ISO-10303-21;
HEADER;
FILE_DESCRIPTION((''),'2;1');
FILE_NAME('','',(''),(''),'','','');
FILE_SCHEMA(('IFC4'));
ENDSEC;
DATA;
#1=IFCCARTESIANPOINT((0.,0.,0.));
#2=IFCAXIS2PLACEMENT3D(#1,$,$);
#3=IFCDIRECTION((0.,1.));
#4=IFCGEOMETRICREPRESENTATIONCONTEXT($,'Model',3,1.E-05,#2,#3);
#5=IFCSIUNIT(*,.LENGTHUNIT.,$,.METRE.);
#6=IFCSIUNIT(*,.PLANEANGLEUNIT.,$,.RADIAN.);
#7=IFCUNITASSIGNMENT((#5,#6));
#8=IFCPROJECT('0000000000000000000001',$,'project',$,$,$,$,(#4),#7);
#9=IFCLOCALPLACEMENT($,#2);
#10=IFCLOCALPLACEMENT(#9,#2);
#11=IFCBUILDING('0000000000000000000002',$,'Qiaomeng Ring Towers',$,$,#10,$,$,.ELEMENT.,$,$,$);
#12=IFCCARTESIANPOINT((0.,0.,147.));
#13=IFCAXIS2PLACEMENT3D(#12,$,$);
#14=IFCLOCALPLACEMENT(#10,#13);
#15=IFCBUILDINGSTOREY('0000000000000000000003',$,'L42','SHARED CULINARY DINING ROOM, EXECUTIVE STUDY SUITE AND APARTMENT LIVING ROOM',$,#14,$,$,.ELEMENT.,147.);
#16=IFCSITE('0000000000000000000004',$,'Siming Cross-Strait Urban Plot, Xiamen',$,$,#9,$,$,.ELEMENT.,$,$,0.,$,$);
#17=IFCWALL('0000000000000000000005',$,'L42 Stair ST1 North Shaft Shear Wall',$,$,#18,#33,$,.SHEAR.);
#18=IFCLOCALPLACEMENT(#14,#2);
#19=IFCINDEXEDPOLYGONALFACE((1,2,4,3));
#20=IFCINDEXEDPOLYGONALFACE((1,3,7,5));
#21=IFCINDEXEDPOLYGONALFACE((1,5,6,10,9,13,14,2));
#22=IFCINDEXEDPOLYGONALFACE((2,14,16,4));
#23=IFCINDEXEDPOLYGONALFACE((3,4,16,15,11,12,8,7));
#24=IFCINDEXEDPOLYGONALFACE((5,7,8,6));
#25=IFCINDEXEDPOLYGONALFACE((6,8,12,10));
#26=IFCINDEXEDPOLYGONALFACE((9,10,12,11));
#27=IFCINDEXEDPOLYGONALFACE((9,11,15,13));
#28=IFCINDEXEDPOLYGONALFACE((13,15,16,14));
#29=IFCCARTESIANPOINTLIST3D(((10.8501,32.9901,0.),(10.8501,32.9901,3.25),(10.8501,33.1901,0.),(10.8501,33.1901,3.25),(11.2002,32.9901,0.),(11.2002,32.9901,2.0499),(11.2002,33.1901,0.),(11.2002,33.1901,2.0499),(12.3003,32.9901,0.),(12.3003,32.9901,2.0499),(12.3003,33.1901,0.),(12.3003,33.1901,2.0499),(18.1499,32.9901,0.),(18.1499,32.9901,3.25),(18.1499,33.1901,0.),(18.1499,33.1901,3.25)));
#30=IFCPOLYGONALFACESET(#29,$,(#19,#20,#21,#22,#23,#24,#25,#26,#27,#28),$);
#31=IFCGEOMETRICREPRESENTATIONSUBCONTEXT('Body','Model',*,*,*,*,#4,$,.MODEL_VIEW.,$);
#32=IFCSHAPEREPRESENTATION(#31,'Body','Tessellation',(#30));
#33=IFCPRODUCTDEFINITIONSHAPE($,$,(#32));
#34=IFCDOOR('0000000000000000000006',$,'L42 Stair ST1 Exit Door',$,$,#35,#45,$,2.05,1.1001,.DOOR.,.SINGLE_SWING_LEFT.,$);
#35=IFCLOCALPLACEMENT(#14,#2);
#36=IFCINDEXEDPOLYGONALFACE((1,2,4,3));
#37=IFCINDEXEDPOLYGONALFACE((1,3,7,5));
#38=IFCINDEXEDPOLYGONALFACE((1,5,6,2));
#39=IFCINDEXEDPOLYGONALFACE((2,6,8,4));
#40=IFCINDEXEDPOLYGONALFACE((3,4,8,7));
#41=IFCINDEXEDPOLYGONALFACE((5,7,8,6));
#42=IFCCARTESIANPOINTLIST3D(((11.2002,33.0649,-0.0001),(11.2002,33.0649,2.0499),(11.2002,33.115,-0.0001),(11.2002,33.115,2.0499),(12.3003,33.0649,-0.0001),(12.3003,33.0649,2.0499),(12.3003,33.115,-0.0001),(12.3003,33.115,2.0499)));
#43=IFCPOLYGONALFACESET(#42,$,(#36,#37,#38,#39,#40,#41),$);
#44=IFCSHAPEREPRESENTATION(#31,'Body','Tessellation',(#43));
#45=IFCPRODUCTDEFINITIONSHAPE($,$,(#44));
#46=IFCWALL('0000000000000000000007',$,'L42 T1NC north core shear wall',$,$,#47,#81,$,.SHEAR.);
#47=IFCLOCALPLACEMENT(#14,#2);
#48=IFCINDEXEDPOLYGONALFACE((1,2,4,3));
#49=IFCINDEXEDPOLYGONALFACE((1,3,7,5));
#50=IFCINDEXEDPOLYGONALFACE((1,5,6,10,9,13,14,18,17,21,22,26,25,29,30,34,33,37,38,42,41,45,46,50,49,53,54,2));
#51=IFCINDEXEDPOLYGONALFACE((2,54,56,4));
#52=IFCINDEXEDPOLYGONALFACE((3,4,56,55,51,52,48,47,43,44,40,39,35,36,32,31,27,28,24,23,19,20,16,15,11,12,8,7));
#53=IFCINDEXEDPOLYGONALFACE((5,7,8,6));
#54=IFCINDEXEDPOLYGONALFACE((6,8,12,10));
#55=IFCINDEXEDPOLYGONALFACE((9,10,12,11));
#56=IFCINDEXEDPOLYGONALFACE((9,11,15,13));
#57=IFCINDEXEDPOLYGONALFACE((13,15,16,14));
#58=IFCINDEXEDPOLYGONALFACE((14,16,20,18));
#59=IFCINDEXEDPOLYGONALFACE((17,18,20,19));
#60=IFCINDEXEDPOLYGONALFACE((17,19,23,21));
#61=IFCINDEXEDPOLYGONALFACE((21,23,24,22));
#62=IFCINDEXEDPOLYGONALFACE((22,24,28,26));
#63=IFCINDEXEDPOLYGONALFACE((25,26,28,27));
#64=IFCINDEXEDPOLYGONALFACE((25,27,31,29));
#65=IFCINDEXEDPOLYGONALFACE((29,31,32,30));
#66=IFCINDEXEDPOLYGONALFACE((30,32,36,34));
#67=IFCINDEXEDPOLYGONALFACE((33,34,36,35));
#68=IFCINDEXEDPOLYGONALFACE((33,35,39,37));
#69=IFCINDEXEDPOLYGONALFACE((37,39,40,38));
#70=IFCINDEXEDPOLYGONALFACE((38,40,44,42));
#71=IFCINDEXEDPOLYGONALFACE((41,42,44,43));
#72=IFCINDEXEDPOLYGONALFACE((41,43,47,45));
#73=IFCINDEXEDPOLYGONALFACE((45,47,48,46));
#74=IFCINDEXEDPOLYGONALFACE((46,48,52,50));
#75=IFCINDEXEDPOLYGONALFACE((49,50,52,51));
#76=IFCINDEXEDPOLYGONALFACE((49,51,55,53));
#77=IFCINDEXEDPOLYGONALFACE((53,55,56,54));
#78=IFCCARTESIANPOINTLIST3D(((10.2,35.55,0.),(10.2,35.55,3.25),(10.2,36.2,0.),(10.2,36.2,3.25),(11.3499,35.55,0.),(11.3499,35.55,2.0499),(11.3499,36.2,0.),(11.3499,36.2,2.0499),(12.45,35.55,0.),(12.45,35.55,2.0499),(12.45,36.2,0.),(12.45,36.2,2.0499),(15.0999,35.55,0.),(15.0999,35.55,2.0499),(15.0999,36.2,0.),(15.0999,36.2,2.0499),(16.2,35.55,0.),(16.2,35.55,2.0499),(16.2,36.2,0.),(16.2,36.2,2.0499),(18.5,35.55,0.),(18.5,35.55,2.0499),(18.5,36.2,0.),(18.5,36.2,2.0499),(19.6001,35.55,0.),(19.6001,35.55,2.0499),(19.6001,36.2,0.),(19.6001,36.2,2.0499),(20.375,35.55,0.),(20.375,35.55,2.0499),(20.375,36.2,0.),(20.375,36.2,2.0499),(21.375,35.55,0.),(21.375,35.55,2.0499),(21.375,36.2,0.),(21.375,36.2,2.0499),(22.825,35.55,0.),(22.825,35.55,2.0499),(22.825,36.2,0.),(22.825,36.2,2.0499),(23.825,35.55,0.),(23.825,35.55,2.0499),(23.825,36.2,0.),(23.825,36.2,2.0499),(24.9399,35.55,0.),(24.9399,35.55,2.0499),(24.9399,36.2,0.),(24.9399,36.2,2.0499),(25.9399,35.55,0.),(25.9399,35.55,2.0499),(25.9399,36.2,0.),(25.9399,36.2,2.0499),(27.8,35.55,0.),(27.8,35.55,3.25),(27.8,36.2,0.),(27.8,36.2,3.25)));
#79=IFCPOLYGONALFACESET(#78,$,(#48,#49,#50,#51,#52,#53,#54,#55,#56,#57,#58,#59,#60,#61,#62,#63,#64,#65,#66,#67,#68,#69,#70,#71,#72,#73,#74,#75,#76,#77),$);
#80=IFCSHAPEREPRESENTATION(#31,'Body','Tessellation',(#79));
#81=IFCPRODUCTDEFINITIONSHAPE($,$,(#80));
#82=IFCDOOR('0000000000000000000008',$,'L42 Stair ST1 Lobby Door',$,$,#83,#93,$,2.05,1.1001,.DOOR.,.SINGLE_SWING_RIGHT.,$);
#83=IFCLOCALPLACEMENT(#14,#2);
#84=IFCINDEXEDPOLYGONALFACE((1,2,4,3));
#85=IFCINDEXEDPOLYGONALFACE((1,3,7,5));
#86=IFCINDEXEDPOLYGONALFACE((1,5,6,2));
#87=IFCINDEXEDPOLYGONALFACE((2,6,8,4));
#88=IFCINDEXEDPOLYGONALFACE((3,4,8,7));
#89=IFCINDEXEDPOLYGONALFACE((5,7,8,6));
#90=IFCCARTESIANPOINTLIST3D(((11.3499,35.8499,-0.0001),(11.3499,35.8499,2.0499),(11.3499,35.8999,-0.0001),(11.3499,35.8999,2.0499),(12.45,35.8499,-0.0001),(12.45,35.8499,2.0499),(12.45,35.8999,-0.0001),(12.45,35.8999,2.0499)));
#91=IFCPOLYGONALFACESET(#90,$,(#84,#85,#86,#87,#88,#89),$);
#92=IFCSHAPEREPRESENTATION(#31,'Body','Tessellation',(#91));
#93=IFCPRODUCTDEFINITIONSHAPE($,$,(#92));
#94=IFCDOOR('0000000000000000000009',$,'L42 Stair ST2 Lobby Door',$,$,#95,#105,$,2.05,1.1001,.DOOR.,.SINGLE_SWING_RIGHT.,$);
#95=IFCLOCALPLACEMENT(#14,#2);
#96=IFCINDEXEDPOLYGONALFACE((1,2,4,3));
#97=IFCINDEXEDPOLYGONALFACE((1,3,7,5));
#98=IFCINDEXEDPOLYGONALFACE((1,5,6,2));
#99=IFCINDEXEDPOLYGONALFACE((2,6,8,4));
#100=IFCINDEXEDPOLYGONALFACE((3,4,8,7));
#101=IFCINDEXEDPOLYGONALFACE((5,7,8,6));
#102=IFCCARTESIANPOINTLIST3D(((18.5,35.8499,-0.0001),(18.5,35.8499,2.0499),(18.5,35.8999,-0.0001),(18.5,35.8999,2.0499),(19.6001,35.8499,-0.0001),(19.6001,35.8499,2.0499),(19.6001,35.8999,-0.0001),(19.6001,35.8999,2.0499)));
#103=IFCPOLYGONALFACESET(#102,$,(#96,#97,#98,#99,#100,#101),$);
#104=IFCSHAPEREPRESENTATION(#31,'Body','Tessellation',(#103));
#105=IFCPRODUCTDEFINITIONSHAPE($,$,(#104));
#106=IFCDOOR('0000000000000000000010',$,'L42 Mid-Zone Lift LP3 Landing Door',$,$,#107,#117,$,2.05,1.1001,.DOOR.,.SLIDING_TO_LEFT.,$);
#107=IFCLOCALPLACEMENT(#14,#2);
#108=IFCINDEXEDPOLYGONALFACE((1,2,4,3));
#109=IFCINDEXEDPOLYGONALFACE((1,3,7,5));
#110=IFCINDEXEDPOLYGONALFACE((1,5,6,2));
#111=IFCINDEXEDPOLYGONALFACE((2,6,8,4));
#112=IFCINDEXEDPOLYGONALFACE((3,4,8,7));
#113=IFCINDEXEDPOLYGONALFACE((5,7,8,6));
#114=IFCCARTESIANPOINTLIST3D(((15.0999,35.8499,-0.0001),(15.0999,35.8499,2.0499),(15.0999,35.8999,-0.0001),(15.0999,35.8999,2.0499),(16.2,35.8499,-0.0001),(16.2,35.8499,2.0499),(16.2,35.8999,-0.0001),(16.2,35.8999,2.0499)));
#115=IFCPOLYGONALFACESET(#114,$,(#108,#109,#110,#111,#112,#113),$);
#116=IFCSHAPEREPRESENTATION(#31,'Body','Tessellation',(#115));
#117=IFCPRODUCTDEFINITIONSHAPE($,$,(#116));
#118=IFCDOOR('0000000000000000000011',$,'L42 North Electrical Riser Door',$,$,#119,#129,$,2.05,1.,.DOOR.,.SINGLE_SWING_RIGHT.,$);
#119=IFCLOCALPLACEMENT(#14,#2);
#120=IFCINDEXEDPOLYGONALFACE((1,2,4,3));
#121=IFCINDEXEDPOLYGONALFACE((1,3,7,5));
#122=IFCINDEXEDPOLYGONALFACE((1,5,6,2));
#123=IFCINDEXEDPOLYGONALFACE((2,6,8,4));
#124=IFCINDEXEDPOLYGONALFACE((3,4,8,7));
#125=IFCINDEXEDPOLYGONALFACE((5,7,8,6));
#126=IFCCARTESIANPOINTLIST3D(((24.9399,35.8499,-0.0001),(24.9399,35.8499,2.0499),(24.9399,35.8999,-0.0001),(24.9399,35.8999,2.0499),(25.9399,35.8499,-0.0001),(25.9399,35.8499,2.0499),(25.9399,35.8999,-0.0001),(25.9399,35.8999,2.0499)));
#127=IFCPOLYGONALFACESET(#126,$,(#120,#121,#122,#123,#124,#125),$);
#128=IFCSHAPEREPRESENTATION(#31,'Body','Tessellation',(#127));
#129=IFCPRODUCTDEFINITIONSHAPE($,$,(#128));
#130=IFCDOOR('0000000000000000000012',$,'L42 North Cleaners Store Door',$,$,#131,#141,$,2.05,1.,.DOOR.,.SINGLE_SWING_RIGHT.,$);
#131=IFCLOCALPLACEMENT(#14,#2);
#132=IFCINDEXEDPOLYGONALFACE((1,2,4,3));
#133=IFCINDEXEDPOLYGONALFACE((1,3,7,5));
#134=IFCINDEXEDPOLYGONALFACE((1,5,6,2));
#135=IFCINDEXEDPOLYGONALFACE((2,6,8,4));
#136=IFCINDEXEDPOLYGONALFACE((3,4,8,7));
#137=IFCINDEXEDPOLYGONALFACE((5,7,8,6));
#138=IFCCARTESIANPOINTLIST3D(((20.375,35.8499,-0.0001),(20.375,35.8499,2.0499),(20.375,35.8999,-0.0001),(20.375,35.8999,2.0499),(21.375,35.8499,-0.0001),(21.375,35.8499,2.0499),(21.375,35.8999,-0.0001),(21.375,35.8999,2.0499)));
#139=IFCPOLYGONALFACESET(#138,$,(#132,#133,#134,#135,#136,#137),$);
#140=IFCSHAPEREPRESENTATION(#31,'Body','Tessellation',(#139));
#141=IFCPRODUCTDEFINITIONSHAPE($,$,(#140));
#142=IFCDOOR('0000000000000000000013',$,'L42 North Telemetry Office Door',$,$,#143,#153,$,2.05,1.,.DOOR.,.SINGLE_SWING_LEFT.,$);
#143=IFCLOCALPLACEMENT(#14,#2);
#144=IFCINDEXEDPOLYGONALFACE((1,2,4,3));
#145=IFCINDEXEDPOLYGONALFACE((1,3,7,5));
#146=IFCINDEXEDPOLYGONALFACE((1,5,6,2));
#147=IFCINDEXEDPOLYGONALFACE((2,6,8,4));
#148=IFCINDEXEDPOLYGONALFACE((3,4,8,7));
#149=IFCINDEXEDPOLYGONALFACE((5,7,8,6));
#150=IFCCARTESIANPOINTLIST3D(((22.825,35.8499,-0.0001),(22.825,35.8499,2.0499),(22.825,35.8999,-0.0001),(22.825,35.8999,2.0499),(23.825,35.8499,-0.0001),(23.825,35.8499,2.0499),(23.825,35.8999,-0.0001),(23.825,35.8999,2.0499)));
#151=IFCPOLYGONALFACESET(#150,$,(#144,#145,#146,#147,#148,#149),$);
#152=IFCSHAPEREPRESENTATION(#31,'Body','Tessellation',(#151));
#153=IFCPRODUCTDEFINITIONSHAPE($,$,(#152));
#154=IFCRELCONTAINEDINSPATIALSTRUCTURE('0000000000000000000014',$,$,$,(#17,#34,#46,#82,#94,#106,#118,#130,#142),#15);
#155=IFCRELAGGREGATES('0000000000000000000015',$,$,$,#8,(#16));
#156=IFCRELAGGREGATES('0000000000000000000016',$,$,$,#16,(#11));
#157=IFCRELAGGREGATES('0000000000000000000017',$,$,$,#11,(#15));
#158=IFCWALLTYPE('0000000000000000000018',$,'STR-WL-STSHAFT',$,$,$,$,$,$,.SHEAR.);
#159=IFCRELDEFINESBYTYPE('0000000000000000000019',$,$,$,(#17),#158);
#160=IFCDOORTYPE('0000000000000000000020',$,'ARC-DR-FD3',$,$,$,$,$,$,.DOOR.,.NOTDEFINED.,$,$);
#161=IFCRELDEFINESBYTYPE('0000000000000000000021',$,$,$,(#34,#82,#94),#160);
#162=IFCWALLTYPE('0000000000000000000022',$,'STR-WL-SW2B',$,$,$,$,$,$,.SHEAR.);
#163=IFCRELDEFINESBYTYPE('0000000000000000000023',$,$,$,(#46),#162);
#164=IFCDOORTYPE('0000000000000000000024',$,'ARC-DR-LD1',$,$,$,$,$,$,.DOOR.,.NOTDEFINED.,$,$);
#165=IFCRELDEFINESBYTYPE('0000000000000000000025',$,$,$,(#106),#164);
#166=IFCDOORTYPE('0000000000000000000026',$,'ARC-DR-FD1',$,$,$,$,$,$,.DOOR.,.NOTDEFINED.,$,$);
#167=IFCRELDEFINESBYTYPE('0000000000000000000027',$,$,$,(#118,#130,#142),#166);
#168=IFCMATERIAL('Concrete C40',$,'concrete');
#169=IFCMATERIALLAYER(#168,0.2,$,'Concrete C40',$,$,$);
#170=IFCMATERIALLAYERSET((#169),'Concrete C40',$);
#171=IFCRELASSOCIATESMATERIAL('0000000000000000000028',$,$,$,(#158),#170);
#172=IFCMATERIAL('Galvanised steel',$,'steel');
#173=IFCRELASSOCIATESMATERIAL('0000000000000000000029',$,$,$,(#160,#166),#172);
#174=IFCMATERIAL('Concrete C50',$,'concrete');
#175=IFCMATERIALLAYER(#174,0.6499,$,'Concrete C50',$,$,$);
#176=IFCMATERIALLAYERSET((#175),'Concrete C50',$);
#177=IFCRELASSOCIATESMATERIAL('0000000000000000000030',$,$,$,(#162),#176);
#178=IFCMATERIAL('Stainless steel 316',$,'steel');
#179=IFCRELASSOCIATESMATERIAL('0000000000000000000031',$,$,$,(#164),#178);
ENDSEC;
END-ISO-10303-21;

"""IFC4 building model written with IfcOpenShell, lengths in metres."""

from ifc_helpers import new_model, si_unit, direction, frame, frame_2d, origin, place, context, subcontext, project, spatial, rectangle, extrude, source, transform, mapped, material, layer, layer_set, type_object, element, fill, save


model = new_model("IFC4")

# Units and contexts
model_context = context("Model", 3, precision=1e-05, world=origin(), true_north=direction((0.0, 1.0)))
body_context = subcontext(model_context, "Body", "Model", "MODEL_VIEW")
ifc_project = project(units=[si_unit("LENGTHUNIT", "METRE"), si_unit("PLANEANGLEUNIT", "RADIAN")], contexts=[model_context])

# Site, building, storey
site_placement = place(None, origin())
site = spatial("IfcSite", under=ifc_project, at=site_placement, Name="Siming Cross-Strait Urban Plot, Xiamen", CompositionType="ELEMENT", RefElevation=0.0)
building_placement = place(site_placement, origin())
building = spatial("IfcBuilding", under=site, at=building_placement, Name="Qiaomeng Ring Towers", CompositionType="ELEMENT")
storey_placement = place(building_placement, frame((0.0, 0.0, 147.0)))
storey = spatial("IfcBuildingStorey", under=building, at=storey_placement, Name="L42", Description="SHARED CULINARY DINING ROOM, EXECUTIVE STUDY SUITE AND APARTMENT LIVING ROOM", CompositionType="ELEMENT", Elevation=147.0)

# Shared definitions
ifc_material_1 = material(Name="Concrete C40", Category="concrete")
ifc_layer_1 = layer(ifc_material_1, 0.2, Name="Concrete C40")
ifc_layer_set_1 = layer_set([ifc_layer_1], Name="Concrete C40")
wall_type_1 = type_object("IfcWallType", Name="STR-WL-STSHAFT", PredefinedType="SHEAR", material=ifc_layer_set_1)

# Wall, opening, door
wall_1_placement = place(storey_placement, frame((10.8501, 33.0901, 0.0), z_axis=(0.0, 0.0, 1.0), x_axis=(1.0, 0.0, 0.0)))
wall_1 = element("IfcWall", 1, at=wall_1_placement, inside=storey, type_object=wall_type_1, Name="L42 Stair ST1 North Shaft Shear Wall", PredefinedType="SHEAR", context=body_context, shape_type="SweptSolid", body=[
    extrude(rectangle(XDim=7.2998, YDim=0.2, at=frame_2d((3.6499, 0.0))), origin(), (0.0, 0.0, 1.0), 3.25),
])
opening_1_placement = place(wall_1_placement, frame((0.3501, 0.0, 0.0)))
opening_1 = element("IfcOpeningElement", 2, at=opening_1_placement, cuts=wall_1, PredefinedType="OPENING", context=body_context, shape_type="SweptSolid", body=[
    extrude(rectangle(XDim=1.1001, YDim=2.05, at=frame_2d((0.55, 1.0249))), frame((0.0, 0.1099, 0.0), z_axis=(0.0, -1.0, 0.0), x_axis=(1.0, 0.0, 0.0)), (0.0, 0.0, 1.0), 0.22),
])
ifc_material_2 = material(Name="Galvanised steel", Category="steel")
door_type_1 = type_object("IfcDoorType", Name="ARC-DR-FD3", OperationType="NOTDEFINED", PredefinedType="DOOR", material=ifc_material_2)
shared_shape_1 = source(origin(), body_context, "Body", "SweptSolid", [
    extrude(rectangle(XDim=1.1001, YDim=2.05, at=frame_2d((0.55, 1.0249))), frame((0.0, 0.0249, 0.0), z_axis=(0.0, -1.0, 0.0), x_axis=(1.0, 0.0, 0.0)), (0.0, 0.0, 1.0), 0.05),
])
door_1_placement = place(opening_1_placement, origin())
door_1 = element("IfcDoor", 3, at=door_1_placement, inside=storey, type_object=door_type_1, Name="L42 Stair ST1 Exit Door", OperationType="SINGLE_SWING_LEFT", OverallHeight=2.05, OverallWidth=1.1001, PredefinedType="DOOR", context=body_context, shape_type="MappedRepresentation", body=[
    mapped(shared_shape_1, transform((0.0, 0.0, 0.0), x_axis=(1.0, 0.0, 0.0), y_axis=(0.0, 1.0, 0.0), z_axis=(0.0, 0.0, 1.0), scale=1.0)),
])
fill(opening_1, door_1)

# Wall, openings, doors
ifc_material_3 = material(Name="Concrete C50", Category="concrete")
ifc_layer_2 = layer(ifc_material_3, 0.6499, Name="Concrete C50")
ifc_layer_set_2 = layer_set([ifc_layer_2], Name="Concrete C50")
wall_type_2 = type_object("IfcWallType", Name="STR-WL-SW2B", PredefinedType="SHEAR", material=ifc_layer_set_2)
wall_2_placement = place(storey_placement, frame((10.2, 35.875, 0.0), z_axis=(0.0, 0.0, 1.0), x_axis=(1.0, 0.0, 0.0)))
wall_2 = element("IfcWall", 4, at=wall_2_placement, inside=storey, type_object=wall_type_2, Name="L42 T1NC north core shear wall", PredefinedType="SHEAR", context=body_context, shape_type="SweptSolid", body=[
    extrude(rectangle(XDim=17.6001, YDim=0.6499, at=frame_2d((8.8, 0.0))), origin(), (0.0, 0.0, 1.0), 3.25),
])
opening_2_placement = place(wall_2_placement, frame((1.1499, 0.0, 0.0)))
opening_2 = element("IfcOpeningElement", 5, at=opening_2_placement, cuts=wall_2, PredefinedType="OPENING", context=body_context, shape_type="SweptSolid", body=[
    extrude(rectangle(XDim=1.1001, YDim=2.05, at=frame_2d((0.55, 1.0249))), frame((0.0, 0.335, 0.0), z_axis=(0.0, -1.0, 0.0), x_axis=(1.0, 0.0, 0.0)), (0.0, 0.0, 1.0), 0.6699),
])
opening_3_placement = place(wall_2_placement, frame((8.3, 0.0, 0.0)))
opening_3 = element("IfcOpeningElement", 6, at=opening_3_placement, cuts=wall_2, PredefinedType="OPENING", context=body_context, shape_type="SweptSolid", body=[
    extrude(rectangle(XDim=1.1001, YDim=2.05, at=frame_2d((0.55, 1.0249))), frame((0.0, 0.335, 0.0), z_axis=(0.0, -1.0, 0.0), x_axis=(1.0, 0.0, 0.0)), (0.0, 0.0, 1.0), 0.6699),
])
opening_4_placement = place(wall_2_placement, frame((4.8999, 0.0, 0.0)))
opening_4 = element("IfcOpeningElement", 7, at=opening_4_placement, cuts=wall_2, PredefinedType="OPENING", context=body_context, shape_type="SweptSolid", body=[
    extrude(rectangle(XDim=1.1001, YDim=2.05, at=frame_2d((0.55, 1.0249))), frame((0.0, 0.335, 0.0), z_axis=(0.0, -1.0, 0.0), x_axis=(1.0, 0.0, 0.0)), (0.0, 0.0, 1.0), 0.6699),
])
opening_5_placement = place(wall_2_placement, frame((14.74, 0.0, 0.0)))
opening_5 = element("IfcOpeningElement", 8, at=opening_5_placement, cuts=wall_2, PredefinedType="OPENING", context=body_context, shape_type="SweptSolid", body=[
    extrude(rectangle(XDim=1.0, YDim=2.05, at=frame_2d((0.5, 1.0249))), frame((0.0, 0.335, 0.0), z_axis=(0.0, -1.0, 0.0), x_axis=(1.0, 0.0, 0.0)), (0.0, 0.0, 1.0), 0.6699),
])
opening_6_placement = place(wall_2_placement, frame((10.175, 0.0, 0.0)))
opening_6 = element("IfcOpeningElement", 9, at=opening_6_placement, cuts=wall_2, PredefinedType="OPENING", context=body_context, shape_type="SweptSolid", body=[
    extrude(rectangle(XDim=1.0, YDim=2.05, at=frame_2d((0.5, 1.0249))), frame((0.0, 0.335, 0.0), z_axis=(0.0, -1.0, 0.0), x_axis=(1.0, 0.0, 0.0)), (0.0, 0.0, 1.0), 0.6699),
])
opening_7_placement = place(wall_2_placement, frame((12.625, 0.0, 0.0)))
opening_7 = element("IfcOpeningElement", 10, at=opening_7_placement, cuts=wall_2, PredefinedType="OPENING", context=body_context, shape_type="SweptSolid", body=[
    extrude(rectangle(XDim=1.0, YDim=2.05, at=frame_2d((0.5, 1.0249))), frame((0.0, 0.335, 0.0), z_axis=(0.0, -1.0, 0.0), x_axis=(1.0, 0.0, 0.0)), (0.0, 0.0, 1.0), 0.6699),
])
door_2_placement = place(opening_2_placement, origin())
door_2 = element("IfcDoor", 11, at=door_2_placement, inside=storey, type_object=door_type_1, Name="L42 Stair ST1 Lobby Door", OperationType="SINGLE_SWING_RIGHT", OverallHeight=2.05, OverallWidth=1.1001, PredefinedType="DOOR", context=body_context, shape_type="MappedRepresentation", body=[
    mapped(shared_shape_1, transform((0.0, 0.0, 0.0), x_axis=(1.0, 0.0, 0.0), y_axis=(0.0, 1.0, 0.0), z_axis=(0.0, 0.0, 1.0), scale=1.0)),
])
fill(opening_2, door_2)
door_3_placement = place(opening_3_placement, origin())
door_3 = element("IfcDoor", 12, at=door_3_placement, inside=storey, type_object=door_type_1, Name="L42 Stair ST2 Lobby Door", OperationType="SINGLE_SWING_RIGHT", OverallHeight=2.05, OverallWidth=1.1001, PredefinedType="DOOR", context=body_context, shape_type="MappedRepresentation", body=[
    mapped(shared_shape_1, transform((0.0, 0.0, 0.0), x_axis=(1.0, 0.0, 0.0), y_axis=(0.0, 1.0, 0.0), z_axis=(0.0, 0.0, 1.0), scale=1.0)),
])
fill(opening_3, door_3)
ifc_material_4 = material(Name="Stainless steel 316", Category="steel")
door_type_2 = type_object("IfcDoorType", Name="ARC-DR-LD1", OperationType="NOTDEFINED", PredefinedType="DOOR", material=ifc_material_4)
door_4_placement = place(opening_4_placement, origin())
door_4 = element("IfcDoor", 13, at=door_4_placement, inside=storey, type_object=door_type_2, Name="L42 Mid-Zone Lift LP3 Landing Door", OperationType="SLIDING_TO_LEFT", OverallHeight=2.05, OverallWidth=1.1001, PredefinedType="DOOR", context=body_context, shape_type="MappedRepresentation", body=[
    mapped(shared_shape_1, transform((0.0, 0.0, 0.0), x_axis=(1.0, 0.0, 0.0), y_axis=(0.0, 1.0, 0.0), z_axis=(0.0, 0.0, 1.0), scale=1.0)),
])
fill(opening_4, door_4)
door_type_3 = type_object("IfcDoorType", Name="ARC-DR-FD1", OperationType="NOTDEFINED", PredefinedType="DOOR", material=ifc_material_2)
shared_shape_2 = source(origin(), body_context, "Body", "SweptSolid", [
    extrude(rectangle(XDim=1.0, YDim=2.05, at=frame_2d((0.5, 1.0249))), frame((0.0, 0.0249, 0.0), z_axis=(0.0, -1.0, 0.0), x_axis=(1.0, 0.0, 0.0)), (0.0, 0.0, 1.0), 0.05),
])
door_5_placement = place(opening_5_placement, origin())
door_5 = element("IfcDoor", 14, at=door_5_placement, inside=storey, type_object=door_type_3, Name="L42 North Electrical Riser Door", OperationType="SINGLE_SWING_RIGHT", OverallHeight=2.05, OverallWidth=1.0, PredefinedType="DOOR", context=body_context, shape_type="MappedRepresentation", body=[
    mapped(shared_shape_2, transform((0.0, 0.0, 0.0), x_axis=(1.0, 0.0, 0.0), y_axis=(0.0, 1.0, 0.0), z_axis=(0.0, 0.0, 1.0), scale=1.0)),
])
fill(opening_5, door_5)
door_6_placement = place(opening_6_placement, origin())
door_6 = element("IfcDoor", 15, at=door_6_placement, inside=storey, type_object=door_type_3, Name="L42 North Cleaners Store Door", OperationType="SINGLE_SWING_RIGHT", OverallHeight=2.05, OverallWidth=1.0, PredefinedType="DOOR", context=body_context, shape_type="MappedRepresentation", body=[
    mapped(shared_shape_2, transform((0.0, 0.0, 0.0), x_axis=(1.0, 0.0, 0.0), y_axis=(0.0, 1.0, 0.0), z_axis=(0.0, 0.0, 1.0), scale=1.0)),
])
fill(opening_6, door_6)
door_7_placement = place(opening_7_placement, origin())
door_7 = element("IfcDoor", 16, at=door_7_placement, inside=storey, type_object=door_type_3, Name="L42 North Telemetry Office Door", OperationType="SINGLE_SWING_LEFT", OverallHeight=2.05, OverallWidth=1.0, PredefinedType="DOOR", context=body_context, shape_type="MappedRepresentation", body=[
    mapped(shared_shape_2, transform((0.0, 0.0, 0.0), x_axis=(1.0, 0.0, 0.0), y_axis=(0.0, 1.0, 0.0), z_axis=(0.0, 0.0, 1.0), scale=1.0)),
])
fill(opening_7, door_7)

save(model, "model.ifc")
